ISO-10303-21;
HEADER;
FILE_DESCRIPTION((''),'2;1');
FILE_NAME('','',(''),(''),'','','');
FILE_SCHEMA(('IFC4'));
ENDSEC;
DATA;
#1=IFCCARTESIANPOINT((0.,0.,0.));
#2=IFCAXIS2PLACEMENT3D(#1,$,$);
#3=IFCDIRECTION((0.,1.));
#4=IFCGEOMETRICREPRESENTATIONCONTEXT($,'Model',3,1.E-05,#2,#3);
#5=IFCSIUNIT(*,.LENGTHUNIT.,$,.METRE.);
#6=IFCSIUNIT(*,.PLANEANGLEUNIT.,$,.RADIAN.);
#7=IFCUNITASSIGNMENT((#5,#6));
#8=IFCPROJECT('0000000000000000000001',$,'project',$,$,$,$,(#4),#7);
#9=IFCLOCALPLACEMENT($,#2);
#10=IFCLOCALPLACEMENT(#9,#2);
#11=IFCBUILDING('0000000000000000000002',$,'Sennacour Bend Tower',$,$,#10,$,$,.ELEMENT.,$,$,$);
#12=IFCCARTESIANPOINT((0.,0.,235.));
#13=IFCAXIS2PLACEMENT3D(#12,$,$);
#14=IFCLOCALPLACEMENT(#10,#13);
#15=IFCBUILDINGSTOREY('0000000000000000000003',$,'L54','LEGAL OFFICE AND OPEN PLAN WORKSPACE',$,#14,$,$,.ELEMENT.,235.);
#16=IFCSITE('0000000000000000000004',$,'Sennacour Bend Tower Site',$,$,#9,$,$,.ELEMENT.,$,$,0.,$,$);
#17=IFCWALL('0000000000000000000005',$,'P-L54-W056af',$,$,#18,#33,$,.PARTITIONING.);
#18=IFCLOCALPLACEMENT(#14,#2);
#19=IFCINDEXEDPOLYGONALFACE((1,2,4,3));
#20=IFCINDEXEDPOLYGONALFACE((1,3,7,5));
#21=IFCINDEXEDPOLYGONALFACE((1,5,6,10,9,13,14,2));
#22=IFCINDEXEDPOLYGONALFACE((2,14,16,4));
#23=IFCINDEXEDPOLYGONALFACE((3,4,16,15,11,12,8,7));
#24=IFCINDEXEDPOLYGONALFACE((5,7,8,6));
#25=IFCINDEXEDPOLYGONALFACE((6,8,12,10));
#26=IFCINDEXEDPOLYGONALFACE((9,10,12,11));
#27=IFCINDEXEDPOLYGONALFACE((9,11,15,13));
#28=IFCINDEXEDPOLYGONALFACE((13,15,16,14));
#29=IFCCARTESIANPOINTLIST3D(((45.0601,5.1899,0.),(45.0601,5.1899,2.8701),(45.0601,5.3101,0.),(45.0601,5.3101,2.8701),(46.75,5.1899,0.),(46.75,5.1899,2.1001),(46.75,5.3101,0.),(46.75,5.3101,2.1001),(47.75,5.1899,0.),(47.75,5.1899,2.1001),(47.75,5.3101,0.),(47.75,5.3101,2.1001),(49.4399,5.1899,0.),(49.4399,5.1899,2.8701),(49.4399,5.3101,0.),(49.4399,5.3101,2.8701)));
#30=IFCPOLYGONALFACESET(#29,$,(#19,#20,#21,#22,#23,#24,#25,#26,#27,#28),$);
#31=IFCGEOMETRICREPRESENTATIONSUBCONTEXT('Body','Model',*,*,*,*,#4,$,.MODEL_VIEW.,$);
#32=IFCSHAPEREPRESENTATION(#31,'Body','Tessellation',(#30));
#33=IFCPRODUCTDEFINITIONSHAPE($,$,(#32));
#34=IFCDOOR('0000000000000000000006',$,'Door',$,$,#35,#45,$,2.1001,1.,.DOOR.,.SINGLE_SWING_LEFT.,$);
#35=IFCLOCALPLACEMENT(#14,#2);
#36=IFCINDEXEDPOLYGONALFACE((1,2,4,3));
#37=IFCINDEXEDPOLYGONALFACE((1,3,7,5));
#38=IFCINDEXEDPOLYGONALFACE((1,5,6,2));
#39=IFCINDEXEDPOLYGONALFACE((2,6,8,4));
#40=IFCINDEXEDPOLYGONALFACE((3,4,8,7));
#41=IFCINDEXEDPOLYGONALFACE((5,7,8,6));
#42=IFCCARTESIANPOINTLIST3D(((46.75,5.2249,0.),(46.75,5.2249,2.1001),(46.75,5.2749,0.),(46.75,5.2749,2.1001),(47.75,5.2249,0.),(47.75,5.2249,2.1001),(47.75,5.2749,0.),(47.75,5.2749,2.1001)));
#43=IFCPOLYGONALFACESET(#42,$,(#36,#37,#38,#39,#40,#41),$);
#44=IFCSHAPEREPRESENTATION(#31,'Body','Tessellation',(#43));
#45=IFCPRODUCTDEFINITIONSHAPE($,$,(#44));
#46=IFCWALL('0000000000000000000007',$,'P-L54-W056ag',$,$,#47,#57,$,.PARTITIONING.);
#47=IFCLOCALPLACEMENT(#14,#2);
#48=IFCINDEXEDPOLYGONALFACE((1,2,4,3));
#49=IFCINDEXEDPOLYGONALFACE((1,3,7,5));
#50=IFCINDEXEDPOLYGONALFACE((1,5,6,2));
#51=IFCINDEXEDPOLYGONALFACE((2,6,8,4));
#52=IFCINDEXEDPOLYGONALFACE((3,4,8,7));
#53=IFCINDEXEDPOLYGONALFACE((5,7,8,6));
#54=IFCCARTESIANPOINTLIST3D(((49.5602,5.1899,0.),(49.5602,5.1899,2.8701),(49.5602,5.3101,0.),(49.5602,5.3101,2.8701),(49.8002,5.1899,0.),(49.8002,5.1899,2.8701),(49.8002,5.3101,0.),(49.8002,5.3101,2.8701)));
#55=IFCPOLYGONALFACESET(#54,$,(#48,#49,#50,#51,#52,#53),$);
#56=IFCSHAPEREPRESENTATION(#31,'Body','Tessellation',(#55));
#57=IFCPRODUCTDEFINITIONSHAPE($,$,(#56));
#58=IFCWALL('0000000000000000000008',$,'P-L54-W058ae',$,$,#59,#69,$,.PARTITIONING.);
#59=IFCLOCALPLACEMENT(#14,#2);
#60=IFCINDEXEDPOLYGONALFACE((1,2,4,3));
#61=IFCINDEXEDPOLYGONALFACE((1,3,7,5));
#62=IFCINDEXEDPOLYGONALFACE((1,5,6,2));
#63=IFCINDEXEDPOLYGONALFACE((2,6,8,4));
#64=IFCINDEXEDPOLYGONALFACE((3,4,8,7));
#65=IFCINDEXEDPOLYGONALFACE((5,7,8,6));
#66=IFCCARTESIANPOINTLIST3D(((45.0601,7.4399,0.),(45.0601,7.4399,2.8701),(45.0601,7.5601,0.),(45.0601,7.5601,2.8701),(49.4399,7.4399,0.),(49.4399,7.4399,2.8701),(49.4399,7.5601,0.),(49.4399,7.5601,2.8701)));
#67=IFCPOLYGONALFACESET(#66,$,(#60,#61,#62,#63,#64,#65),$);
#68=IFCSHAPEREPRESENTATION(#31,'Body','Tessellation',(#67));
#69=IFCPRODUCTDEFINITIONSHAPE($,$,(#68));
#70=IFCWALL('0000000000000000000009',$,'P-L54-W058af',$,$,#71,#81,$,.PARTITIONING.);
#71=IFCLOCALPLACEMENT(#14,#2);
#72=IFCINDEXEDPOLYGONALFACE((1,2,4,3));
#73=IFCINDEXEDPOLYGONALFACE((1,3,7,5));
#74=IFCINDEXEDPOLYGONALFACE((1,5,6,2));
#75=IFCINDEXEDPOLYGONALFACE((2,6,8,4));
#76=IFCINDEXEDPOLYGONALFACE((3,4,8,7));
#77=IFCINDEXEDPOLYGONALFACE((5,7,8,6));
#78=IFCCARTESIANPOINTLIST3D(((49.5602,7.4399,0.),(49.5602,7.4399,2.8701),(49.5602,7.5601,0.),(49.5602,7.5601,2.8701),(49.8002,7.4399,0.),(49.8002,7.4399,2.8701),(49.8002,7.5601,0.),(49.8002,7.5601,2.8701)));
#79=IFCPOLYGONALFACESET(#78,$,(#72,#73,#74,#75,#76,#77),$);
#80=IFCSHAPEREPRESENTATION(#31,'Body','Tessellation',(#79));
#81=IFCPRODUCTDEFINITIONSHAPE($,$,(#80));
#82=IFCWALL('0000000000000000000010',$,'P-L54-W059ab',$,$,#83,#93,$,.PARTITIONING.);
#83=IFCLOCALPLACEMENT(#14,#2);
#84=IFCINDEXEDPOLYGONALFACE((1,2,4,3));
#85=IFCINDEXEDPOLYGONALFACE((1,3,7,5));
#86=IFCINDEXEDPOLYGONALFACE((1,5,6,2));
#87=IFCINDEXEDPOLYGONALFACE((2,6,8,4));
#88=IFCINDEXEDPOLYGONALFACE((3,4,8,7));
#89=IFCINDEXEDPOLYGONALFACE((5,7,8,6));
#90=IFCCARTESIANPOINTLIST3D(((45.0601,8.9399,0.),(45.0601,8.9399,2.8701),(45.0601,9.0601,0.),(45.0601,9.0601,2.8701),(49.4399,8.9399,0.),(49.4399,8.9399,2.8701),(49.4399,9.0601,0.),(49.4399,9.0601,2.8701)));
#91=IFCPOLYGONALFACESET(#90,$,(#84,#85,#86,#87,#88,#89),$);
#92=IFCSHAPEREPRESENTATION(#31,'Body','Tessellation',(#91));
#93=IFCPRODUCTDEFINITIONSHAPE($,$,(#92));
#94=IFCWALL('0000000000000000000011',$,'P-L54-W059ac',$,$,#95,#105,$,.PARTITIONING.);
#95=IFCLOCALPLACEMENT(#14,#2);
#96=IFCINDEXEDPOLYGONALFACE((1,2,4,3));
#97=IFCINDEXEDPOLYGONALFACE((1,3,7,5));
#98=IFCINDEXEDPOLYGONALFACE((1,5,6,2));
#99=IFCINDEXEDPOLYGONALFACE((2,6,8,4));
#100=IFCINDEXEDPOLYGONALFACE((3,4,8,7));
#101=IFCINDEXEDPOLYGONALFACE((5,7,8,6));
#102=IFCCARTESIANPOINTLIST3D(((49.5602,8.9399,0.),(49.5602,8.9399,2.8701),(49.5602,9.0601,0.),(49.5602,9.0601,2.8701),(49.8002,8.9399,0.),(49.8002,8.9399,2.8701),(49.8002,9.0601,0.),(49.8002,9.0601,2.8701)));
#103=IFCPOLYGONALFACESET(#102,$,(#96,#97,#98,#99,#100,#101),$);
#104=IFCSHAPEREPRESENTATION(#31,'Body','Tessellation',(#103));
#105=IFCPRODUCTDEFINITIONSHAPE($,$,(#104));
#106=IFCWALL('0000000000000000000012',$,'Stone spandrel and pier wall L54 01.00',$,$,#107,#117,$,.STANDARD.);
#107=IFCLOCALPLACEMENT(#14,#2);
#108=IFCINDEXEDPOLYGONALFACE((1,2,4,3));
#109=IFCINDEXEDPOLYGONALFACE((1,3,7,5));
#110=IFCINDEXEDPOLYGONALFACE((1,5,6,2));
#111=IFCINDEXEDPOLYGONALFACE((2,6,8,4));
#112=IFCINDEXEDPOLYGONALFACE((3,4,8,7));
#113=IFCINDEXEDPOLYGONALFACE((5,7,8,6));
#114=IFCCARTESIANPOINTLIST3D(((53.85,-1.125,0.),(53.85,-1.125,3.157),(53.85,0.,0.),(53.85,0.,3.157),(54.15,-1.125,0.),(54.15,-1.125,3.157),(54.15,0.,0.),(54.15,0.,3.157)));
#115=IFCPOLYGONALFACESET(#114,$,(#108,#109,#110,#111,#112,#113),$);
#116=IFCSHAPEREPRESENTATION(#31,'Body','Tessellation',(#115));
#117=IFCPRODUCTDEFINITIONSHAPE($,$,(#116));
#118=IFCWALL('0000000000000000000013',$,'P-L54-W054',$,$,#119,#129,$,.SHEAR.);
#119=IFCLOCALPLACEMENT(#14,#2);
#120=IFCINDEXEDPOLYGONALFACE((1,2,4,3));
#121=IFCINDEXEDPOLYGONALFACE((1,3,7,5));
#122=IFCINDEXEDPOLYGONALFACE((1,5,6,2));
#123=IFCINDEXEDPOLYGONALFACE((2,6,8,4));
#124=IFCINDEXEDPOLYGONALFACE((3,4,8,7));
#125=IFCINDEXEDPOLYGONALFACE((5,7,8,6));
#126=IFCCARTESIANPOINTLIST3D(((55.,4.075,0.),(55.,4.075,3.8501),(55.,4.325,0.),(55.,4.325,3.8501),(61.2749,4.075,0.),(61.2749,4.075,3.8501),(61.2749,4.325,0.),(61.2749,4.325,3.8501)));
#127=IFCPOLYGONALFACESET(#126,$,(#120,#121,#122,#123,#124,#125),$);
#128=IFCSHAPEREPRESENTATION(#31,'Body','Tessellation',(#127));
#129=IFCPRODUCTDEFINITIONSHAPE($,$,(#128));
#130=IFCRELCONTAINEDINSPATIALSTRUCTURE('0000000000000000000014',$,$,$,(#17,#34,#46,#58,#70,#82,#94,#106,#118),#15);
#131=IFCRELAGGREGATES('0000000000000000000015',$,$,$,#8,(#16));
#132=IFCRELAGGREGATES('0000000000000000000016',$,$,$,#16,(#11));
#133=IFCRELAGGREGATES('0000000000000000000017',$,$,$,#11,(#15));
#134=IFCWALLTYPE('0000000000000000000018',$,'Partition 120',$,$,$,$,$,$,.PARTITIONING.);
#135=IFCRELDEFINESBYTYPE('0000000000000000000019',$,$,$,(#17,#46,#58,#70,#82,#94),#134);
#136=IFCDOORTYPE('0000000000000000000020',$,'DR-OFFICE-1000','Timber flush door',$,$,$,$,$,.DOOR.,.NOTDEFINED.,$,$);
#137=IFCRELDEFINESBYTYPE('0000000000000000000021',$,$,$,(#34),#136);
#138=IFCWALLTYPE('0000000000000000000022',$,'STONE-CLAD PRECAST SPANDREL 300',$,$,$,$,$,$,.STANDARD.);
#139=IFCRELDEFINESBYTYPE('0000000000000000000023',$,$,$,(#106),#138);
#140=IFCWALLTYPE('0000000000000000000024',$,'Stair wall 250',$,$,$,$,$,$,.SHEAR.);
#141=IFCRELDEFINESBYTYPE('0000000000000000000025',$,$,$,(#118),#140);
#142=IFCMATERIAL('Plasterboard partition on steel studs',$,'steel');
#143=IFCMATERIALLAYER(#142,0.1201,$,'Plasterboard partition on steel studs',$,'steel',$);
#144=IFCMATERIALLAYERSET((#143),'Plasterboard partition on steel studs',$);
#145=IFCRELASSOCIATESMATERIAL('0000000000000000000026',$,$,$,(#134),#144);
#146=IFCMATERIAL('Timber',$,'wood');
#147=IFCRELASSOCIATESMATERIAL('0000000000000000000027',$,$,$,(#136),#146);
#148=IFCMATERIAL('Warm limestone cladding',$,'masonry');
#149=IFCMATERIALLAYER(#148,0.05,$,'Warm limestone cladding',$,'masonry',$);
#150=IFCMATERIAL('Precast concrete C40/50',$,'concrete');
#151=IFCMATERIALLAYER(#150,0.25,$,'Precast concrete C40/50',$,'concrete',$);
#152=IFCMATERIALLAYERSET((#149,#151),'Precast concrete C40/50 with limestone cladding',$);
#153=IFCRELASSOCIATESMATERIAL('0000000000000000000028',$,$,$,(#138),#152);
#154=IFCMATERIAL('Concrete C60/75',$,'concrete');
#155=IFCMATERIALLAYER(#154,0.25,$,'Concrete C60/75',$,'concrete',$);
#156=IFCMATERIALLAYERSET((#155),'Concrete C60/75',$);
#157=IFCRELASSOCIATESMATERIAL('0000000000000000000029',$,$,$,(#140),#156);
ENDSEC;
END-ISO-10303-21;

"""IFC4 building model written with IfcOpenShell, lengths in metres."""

from ifc_helpers import new_model, si_unit, direction, frame, frame_2d, origin, place, context, subcontext, project, spatial, rectangle, extrude, material, layer, layer_set, type_object, element, fill, save


model = new_model("IFC4")

# Units and contexts
model_context = context("Model", 3, precision=1e-05, world=origin(), true_north=direction((0.0, 1.0)))
body_context = subcontext(model_context, "Body", "Model", "MODEL_VIEW")
ifc_project = project(units=[si_unit("LENGTHUNIT", "METRE"), si_unit("PLANEANGLEUNIT", "RADIAN")], contexts=[model_context])

# Site, building, storey
site_placement = place(None, origin())
site = spatial("IfcSite", under=ifc_project, at=site_placement, Name="Sennacour Bend Tower Site", CompositionType="ELEMENT", RefElevation=0.0)
building_placement = place(site_placement, origin())
building = spatial("IfcBuilding", under=site, at=building_placement, Name="Sennacour Bend Tower", CompositionType="ELEMENT")
storey_placement = place(building_placement, frame((0.0, 0.0, 235.0)))
storey = spatial("IfcBuildingStorey", under=building, at=storey_placement, Name="L54", Description="LEGAL OFFICE AND OPEN PLAN WORKSPACE", CompositionType="ELEMENT", Elevation=235.0)

# Shared definitions
ifc_material_1 = material(Name="Concrete C60/75", Category="concrete")

# Shared definitions
ifc_material_2 = material(Name="Plasterboard partition on steel studs", Category="steel")
ifc_layer_1 = layer(ifc_material_2, 0.1201, Name="Plasterboard partition on steel studs", Category="steel")
ifc_layer_set_1 = layer_set([ifc_layer_1], Name="Plasterboard partition on steel studs")
wall_type_1 = type_object("IfcWallType", Name="Partition 120", PredefinedType="PARTITIONING", material=ifc_layer_set_1)

# Wall, opening, door
wall_1_placement = place(storey_placement, frame((45.0601, 5.25, 0.0), z_axis=(0.0, 0.0, 1.0), x_axis=(1.0, 0.0, 0.0)))
wall_1 = element("IfcWall", 1, at=wall_1_placement, inside=storey, type_object=wall_type_1, Name="P-L54-W056af", PredefinedType="PARTITIONING", context=body_context, shape_type="SweptSolid", body=[
    extrude(rectangle(XDim=4.3799, YDim=0.1201, at=frame_2d((2.1899, 0.0))), origin(), (0.0, 0.0, 1.0), 2.8701),
])
opening_1_placement = place(wall_1_placement, frame((1.6899, 0.0, 0.0)))
opening_1 = element("IfcOpeningElement", 2, at=opening_1_placement, cuts=wall_1, PredefinedType="OPENING", context=body_context, shape_type="SweptSolid", body=[
    extrude(rectangle(XDim=1.0, YDim=2.1001, at=frame_2d((0.5, 1.05))), frame((0.0, 0.0701, 0.0), z_axis=(0.0, -1.0, 0.0), x_axis=(1.0, 0.0, 0.0)), (0.0, 0.0, 1.0), 0.1401),
])
ifc_material_3 = material(Name="Timber", Category="wood")
door_type_1 = type_object("IfcDoorType", Name="DR-OFFICE-1000", Description="Timber flush door", OperationType="NOTDEFINED", PredefinedType="DOOR", material=ifc_material_3)
door_1_placement = place(opening_1_placement, origin())
door_1 = element("IfcDoor", 3, at=door_1_placement, inside=storey, type_object=door_type_1, Name="Door", OperationType="SINGLE_SWING_LEFT", OverallHeight=2.1001, OverallWidth=1.0, PredefinedType="DOOR", context=body_context, shape_type="SweptSolid", body=[
    extrude(rectangle(XDim=1.0, YDim=2.1001, at=frame_2d((0.5, 1.05))), frame((0.0, 0.0249, 0.0), z_axis=(0.0, -1.0, 0.0), x_axis=(1.0, 0.0, 0.0)), (0.0, 0.0, 1.0), 0.05),
])
fill(opening_1, door_1)

# Walls
wall_2_placement = place(storey_placement, frame((49.5601, 5.25, 0.0), z_axis=(0.0, 0.0, 1.0), x_axis=(1.0, 0.0, 0.0)))
element("IfcWall", 4, at=wall_2_placement, inside=storey, type_object=wall_type_1, Name="P-L54-W056ag", PredefinedType="PARTITIONING", context=body_context, shape_type="SweptSolid", body=[
    extrude(rectangle(XDim=0.24, YDim=0.1201, at=frame_2d((0.1201, 0.0))), origin(), (0.0, 0.0, 1.0), 2.8701),
])
wall_3_placement = place(storey_placement, frame((45.0601, 7.5, 0.0), z_axis=(0.0, 0.0, 1.0), x_axis=(1.0, 0.0, 0.0)))
element("IfcWall", 5, at=wall_3_placement, inside=storey, type_object=wall_type_1, Name="P-L54-W058ae", PredefinedType="PARTITIONING", context=body_context, shape_type="SweptSolid", body=[
    extrude(rectangle(XDim=4.3799, YDim=0.1201, at=frame_2d((2.1899, 0.0))), origin(), (0.0, 0.0, 1.0), 2.8701),
])
wall_4_placement = place(storey_placement, frame((49.5601, 7.5, 0.0), z_axis=(0.0, 0.0, 1.0), x_axis=(1.0, 0.0, 0.0)))
element("IfcWall", 6, at=wall_4_placement, inside=storey, type_object=wall_type_1, Name="P-L54-W058af", PredefinedType="PARTITIONING", context=body_context, shape_type="SweptSolid", body=[
    extrude(rectangle(XDim=0.24, YDim=0.1201, at=frame_2d((0.1201, 0.0))), origin(), (0.0, 0.0, 1.0), 2.8701),
])
wall_5_placement = place(storey_placement, frame((45.0601, 9.0, 0.0), z_axis=(0.0, 0.0, 1.0), x_axis=(1.0, 0.0, 0.0)))
element("IfcWall", 7, at=wall_5_placement, inside=storey, type_object=wall_type_1, Name="P-L54-W059ab", PredefinedType="PARTITIONING", context=body_context, shape_type="SweptSolid", body=[
    extrude(rectangle(XDim=4.3799, YDim=0.1201, at=frame_2d((2.1899, 0.0))), origin(), (0.0, 0.0, 1.0), 2.8701),
])
wall_6_placement = place(storey_placement, frame((49.5601, 9.0, 0.0), z_axis=(0.0, 0.0, 1.0), x_axis=(1.0, 0.0, 0.0)))
element("IfcWall", 8, at=wall_6_placement, inside=storey, type_object=wall_type_1, Name="P-L54-W059ac", PredefinedType="PARTITIONING", context=body_context, shape_type="SweptSolid", body=[
    extrude(rectangle(XDim=0.24, YDim=0.1201, at=frame_2d((0.1201, 0.0))), origin(), (0.0, 0.0, 1.0), 2.8701),
])
ifc_material_4 = material(Name="Warm limestone cladding", Category="masonry")
ifc_layer_2 = layer(ifc_material_4, 0.05, Name="Warm limestone cladding", Category="masonry")
ifc_material_5 = material(Name="Precast concrete C40/50", Category="concrete")
ifc_layer_3 = layer(ifc_material_5, 0.25, Name="Precast concrete C40/50", Category="concrete")
ifc_layer_set_2 = layer_set([ifc_layer_2, ifc_layer_3], Name="Precast concrete C40/50 with limestone cladding")
wall_type_2 = type_object("IfcWallType", Name="STONE-CLAD PRECAST SPANDREL 300", PredefinedType="STANDARD", material=ifc_layer_set_2)
wall_7_placement = place(storey_placement, frame((54.0, -1.125, 0.0), z_axis=(0.0, 0.0, 1.0), x_axis=(0.0, 1.0, 0.0)))
element("IfcWall", 9, at=wall_7_placement, inside=storey, type_object=wall_type_2, Name="Stone spandrel and pier wall L54 01.00", PredefinedType="STANDARD", context=body_context, shape_type="SweptSolid", body=[
    extrude(rectangle(XDim=1.125, YDim=0.3, at=frame_2d((0.5625, 0.0))), origin(), (0.0, 0.0, 1.0), 3.157),
])
ifc_layer_4 = layer(ifc_material_1, 0.25, Name="Concrete C60/75", Category="concrete")
ifc_layer_set_3 = layer_set([ifc_layer_4], Name="Concrete C60/75")
wall_type_3 = type_object("IfcWallType", Name="Stair wall 250", PredefinedType="SHEAR", material=ifc_layer_set_3)
wall_8_placement = place(storey_placement, frame((55.0, 4.2, 0.0), z_axis=(0.0, 0.0, 1.0), x_axis=(1.0, 0.0, 0.0)))
element("IfcWall", 10, at=wall_8_placement, inside=storey, type_object=wall_type_3, Name="P-L54-W054", PredefinedType="SHEAR", context=body_context, shape_type="SweptSolid", body=[
    extrude(rectangle(XDim=6.2749, YDim=0.25, at=frame_2d((3.1375, 0.0))), origin(), (0.0, 0.0, 1.0), 3.8501),
])

save(model, "model.ifc")
